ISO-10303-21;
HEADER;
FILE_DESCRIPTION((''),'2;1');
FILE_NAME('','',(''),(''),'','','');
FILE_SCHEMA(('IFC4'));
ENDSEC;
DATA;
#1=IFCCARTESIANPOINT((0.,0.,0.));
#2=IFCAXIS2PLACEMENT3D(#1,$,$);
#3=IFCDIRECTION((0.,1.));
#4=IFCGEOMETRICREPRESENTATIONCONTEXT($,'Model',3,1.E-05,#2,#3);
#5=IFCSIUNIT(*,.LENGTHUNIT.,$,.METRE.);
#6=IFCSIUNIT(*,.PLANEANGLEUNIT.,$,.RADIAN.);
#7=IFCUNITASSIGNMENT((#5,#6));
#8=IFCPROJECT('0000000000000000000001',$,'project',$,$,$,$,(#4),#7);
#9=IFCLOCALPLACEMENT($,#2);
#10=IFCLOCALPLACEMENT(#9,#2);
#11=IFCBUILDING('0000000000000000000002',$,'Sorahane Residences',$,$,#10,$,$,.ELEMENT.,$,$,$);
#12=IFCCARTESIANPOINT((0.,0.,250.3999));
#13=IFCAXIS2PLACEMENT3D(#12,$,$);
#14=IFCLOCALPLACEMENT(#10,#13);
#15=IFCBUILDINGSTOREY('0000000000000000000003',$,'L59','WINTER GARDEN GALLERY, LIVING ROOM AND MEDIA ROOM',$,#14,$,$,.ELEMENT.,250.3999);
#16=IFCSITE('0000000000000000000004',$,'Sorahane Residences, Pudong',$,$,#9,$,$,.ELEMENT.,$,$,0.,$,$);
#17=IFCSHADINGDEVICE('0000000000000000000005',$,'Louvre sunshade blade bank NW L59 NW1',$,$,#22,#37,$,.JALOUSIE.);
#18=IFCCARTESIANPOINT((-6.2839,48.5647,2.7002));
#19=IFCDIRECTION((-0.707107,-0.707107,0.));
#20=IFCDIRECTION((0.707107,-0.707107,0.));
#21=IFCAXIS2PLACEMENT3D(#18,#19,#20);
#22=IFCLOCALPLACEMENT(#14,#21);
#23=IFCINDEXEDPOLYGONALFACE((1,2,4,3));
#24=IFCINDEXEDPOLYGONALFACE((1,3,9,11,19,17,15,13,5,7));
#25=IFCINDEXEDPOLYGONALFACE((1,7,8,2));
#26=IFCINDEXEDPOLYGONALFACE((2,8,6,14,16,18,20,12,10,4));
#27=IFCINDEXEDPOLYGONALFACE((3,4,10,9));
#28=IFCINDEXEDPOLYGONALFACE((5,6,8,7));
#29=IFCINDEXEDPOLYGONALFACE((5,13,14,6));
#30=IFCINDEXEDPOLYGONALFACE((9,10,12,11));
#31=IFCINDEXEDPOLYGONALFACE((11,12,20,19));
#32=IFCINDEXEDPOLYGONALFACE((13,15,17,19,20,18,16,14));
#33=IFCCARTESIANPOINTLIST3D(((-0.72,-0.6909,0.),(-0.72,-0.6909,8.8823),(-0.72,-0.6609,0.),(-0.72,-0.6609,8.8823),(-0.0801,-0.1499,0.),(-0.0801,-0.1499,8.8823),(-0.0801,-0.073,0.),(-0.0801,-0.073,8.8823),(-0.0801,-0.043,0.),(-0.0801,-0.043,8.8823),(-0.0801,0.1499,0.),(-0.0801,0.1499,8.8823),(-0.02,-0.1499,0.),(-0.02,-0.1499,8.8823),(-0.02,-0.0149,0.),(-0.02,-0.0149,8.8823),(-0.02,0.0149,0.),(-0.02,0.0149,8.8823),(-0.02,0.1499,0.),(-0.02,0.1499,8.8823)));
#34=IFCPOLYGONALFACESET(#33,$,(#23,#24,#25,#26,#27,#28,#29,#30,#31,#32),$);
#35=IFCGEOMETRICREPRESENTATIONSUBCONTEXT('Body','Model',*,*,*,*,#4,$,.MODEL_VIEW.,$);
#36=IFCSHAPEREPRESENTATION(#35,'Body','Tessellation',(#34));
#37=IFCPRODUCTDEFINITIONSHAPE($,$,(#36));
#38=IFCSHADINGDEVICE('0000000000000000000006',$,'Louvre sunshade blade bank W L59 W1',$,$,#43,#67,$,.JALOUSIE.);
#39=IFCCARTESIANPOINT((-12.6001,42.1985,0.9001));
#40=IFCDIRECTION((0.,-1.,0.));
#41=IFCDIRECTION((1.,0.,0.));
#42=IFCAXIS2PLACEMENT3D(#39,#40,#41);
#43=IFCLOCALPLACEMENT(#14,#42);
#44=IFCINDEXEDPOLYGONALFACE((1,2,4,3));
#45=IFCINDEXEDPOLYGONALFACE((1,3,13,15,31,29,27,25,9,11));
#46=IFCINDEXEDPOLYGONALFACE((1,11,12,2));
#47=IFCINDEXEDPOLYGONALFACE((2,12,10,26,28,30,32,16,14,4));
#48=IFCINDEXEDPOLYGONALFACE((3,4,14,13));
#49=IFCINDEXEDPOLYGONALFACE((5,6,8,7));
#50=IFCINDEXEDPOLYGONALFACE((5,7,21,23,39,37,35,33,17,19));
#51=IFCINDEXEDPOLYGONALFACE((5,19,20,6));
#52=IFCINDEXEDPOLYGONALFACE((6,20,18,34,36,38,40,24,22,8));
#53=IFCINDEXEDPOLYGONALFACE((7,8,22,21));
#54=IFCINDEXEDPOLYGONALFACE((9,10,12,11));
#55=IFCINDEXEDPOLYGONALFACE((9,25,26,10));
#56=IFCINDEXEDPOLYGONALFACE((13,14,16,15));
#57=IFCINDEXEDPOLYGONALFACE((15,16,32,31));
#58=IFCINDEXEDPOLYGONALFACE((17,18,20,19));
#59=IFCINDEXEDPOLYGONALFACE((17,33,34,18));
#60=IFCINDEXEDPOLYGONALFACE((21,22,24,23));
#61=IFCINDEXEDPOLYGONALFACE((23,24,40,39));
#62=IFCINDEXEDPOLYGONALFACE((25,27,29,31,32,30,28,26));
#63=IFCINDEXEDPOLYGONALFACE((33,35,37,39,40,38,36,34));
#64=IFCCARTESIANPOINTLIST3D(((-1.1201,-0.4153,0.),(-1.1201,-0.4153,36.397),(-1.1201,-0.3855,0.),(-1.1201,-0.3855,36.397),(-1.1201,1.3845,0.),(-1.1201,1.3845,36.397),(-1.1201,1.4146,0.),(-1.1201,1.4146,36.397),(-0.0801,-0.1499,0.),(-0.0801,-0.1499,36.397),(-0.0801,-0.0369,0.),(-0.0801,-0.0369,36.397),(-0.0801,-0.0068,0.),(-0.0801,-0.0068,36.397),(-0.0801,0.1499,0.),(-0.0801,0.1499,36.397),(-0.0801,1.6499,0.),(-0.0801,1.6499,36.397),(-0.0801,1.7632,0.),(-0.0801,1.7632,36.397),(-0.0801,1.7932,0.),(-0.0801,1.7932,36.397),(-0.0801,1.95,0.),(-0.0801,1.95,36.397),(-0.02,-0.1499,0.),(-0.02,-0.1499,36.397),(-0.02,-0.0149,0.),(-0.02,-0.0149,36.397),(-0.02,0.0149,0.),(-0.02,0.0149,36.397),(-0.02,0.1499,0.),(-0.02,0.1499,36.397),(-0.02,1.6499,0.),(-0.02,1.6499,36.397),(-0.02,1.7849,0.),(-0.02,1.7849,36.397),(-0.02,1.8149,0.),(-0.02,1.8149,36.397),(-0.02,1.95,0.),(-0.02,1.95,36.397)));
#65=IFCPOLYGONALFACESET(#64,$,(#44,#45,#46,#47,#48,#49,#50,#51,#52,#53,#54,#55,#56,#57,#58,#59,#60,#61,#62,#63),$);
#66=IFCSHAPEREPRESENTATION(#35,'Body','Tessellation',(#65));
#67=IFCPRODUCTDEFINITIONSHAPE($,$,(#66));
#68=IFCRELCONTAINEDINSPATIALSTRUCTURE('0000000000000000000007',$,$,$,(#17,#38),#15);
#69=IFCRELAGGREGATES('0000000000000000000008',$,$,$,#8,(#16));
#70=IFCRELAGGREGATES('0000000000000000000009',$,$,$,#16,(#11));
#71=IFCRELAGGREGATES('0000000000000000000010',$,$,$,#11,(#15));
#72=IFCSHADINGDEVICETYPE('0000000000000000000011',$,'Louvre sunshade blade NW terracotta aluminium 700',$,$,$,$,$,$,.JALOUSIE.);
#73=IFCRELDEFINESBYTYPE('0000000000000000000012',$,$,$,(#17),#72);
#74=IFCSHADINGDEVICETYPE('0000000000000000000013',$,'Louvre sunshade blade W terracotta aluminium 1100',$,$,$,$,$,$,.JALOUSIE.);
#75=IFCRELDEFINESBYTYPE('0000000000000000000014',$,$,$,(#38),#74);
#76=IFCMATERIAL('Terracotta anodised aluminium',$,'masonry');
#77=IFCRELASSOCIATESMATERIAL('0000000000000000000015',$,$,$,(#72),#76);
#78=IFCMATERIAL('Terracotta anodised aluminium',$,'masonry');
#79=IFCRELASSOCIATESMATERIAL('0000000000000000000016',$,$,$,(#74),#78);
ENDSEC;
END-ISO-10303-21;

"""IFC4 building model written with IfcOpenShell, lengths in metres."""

from ifc_helpers import new_model, si_unit, direction, frame, origin, place, context, subcontext, project, spatial, polyline, outline, composite_profile, extrude, material, type_object, element, save


model = new_model("IFC4")

# Units and contexts
model_context = context("Model", 3, precision=1e-05, world=origin(), true_north=direction((0.0, 1.0)))
body_context = subcontext(model_context, "Body", "Model", "MODEL_VIEW")
ifc_project = project(units=[si_unit("LENGTHUNIT", "METRE"), si_unit("PLANEANGLEUNIT", "RADIAN")], contexts=[model_context])

# Site, building, storey
site_placement = place(None, origin())
site = spatial("IfcSite", under=ifc_project, at=site_placement, Name="Sorahane Residences, Pudong", CompositionType="ELEMENT", RefElevation=0.0)
building_placement = place(site_placement, origin())
building = spatial("IfcBuilding", under=site, at=building_placement, Name="Sorahane Residences", CompositionType="ELEMENT")
storey_placement = place(building_placement, frame((0.0, 0.0, 250.3999)))
storey = spatial("IfcBuildingStorey", under=building, at=storey_placement, Name="L59", Description="WINTER GARDEN GALLERY, LIVING ROOM AND MEDIA ROOM", CompositionType="ELEMENT", Elevation=250.3999)

# Shading devices
ifc_material_1 = material(Name="Terracotta anodised aluminium", Category="masonry")
shading_device_type_1 = type_object("IfcShadingDeviceType", Name="Louvre sunshade blade NW terracotta aluminium 700", PredefinedType="JALOUSIE", material=ifc_material_1)
shading_device_1_placement = place(storey_placement, frame((-6.2839, 48.5647, 2.7002), z_axis=(-0.707107, -0.707107, 0.0), x_axis=(0.707107, -0.707107, 0.0)))
element("IfcShadingDevice", 1, at=shading_device_1_placement, inside=storey, type_object=shading_device_type_1, Name="Louvre sunshade blade bank NW L59 NW1", PredefinedType="JALOUSIE", context=body_context, shape_type="SweptSolid", body=[
    extrude(outline(polyline([(-0.72, -0.6609), (-0.72, -0.6909), (-0.0801, -0.073), (-0.0801, -0.1499), (-0.02, -0.1499), (-0.02, -0.0149), (-0.02, 0.0149), (-0.02, 0.1499), (-0.0801, 0.1499), (-0.0801, -0.043), (-0.72, -0.6609)])), origin(), (0.0, 0.0, 1.0), 8.8823),
])
ifc_material_2 = material(Name="Terracotta anodised aluminium", Category="masonry")
shading_device_type_2 = type_object("IfcShadingDeviceType", Name="Louvre sunshade blade W terracotta aluminium 1100", PredefinedType="JALOUSIE", material=ifc_material_2)
shading_device_2_placement = place(storey_placement, frame((-12.6001, 42.1985, 0.9001), z_axis=(0.0, -1.0, 0.0), x_axis=(1.0, 0.0, 0.0)))
element("IfcShadingDevice", 2, at=shading_device_2_placement, inside=storey, type_object=shading_device_type_2, Name="Louvre sunshade blade bank W L59 W1", PredefinedType="JALOUSIE", context=body_context, shape_type="SweptSolid", body=[
    extrude(composite_profile([outline(polyline([(-1.1201, -0.3855), (-1.1201, -0.4153), (-0.0801, -0.0369), (-0.0801, -0.1499), (-0.02, -0.1499), (-0.02, -0.0149), (-0.02, 0.0149), (-0.02, 0.1499), (-0.0801, 0.1499), (-0.0801, -0.0068), (-1.1201, -0.3855)])), outline(polyline([(-1.1201, 1.4146), (-1.1201, 1.3845), (-0.0801, 1.7632), (-0.0801, 1.6499), (-0.02, 1.6499), (-0.02, 1.7849), (-0.02, 1.8149), (-0.02, 1.95), (-0.0801, 1.95), (-0.0801, 1.7932), (-1.1201, 1.4146)]))]), origin(), (0.0, 0.0, 1.0), 36.397),
])

save(model, "model.ifc")
